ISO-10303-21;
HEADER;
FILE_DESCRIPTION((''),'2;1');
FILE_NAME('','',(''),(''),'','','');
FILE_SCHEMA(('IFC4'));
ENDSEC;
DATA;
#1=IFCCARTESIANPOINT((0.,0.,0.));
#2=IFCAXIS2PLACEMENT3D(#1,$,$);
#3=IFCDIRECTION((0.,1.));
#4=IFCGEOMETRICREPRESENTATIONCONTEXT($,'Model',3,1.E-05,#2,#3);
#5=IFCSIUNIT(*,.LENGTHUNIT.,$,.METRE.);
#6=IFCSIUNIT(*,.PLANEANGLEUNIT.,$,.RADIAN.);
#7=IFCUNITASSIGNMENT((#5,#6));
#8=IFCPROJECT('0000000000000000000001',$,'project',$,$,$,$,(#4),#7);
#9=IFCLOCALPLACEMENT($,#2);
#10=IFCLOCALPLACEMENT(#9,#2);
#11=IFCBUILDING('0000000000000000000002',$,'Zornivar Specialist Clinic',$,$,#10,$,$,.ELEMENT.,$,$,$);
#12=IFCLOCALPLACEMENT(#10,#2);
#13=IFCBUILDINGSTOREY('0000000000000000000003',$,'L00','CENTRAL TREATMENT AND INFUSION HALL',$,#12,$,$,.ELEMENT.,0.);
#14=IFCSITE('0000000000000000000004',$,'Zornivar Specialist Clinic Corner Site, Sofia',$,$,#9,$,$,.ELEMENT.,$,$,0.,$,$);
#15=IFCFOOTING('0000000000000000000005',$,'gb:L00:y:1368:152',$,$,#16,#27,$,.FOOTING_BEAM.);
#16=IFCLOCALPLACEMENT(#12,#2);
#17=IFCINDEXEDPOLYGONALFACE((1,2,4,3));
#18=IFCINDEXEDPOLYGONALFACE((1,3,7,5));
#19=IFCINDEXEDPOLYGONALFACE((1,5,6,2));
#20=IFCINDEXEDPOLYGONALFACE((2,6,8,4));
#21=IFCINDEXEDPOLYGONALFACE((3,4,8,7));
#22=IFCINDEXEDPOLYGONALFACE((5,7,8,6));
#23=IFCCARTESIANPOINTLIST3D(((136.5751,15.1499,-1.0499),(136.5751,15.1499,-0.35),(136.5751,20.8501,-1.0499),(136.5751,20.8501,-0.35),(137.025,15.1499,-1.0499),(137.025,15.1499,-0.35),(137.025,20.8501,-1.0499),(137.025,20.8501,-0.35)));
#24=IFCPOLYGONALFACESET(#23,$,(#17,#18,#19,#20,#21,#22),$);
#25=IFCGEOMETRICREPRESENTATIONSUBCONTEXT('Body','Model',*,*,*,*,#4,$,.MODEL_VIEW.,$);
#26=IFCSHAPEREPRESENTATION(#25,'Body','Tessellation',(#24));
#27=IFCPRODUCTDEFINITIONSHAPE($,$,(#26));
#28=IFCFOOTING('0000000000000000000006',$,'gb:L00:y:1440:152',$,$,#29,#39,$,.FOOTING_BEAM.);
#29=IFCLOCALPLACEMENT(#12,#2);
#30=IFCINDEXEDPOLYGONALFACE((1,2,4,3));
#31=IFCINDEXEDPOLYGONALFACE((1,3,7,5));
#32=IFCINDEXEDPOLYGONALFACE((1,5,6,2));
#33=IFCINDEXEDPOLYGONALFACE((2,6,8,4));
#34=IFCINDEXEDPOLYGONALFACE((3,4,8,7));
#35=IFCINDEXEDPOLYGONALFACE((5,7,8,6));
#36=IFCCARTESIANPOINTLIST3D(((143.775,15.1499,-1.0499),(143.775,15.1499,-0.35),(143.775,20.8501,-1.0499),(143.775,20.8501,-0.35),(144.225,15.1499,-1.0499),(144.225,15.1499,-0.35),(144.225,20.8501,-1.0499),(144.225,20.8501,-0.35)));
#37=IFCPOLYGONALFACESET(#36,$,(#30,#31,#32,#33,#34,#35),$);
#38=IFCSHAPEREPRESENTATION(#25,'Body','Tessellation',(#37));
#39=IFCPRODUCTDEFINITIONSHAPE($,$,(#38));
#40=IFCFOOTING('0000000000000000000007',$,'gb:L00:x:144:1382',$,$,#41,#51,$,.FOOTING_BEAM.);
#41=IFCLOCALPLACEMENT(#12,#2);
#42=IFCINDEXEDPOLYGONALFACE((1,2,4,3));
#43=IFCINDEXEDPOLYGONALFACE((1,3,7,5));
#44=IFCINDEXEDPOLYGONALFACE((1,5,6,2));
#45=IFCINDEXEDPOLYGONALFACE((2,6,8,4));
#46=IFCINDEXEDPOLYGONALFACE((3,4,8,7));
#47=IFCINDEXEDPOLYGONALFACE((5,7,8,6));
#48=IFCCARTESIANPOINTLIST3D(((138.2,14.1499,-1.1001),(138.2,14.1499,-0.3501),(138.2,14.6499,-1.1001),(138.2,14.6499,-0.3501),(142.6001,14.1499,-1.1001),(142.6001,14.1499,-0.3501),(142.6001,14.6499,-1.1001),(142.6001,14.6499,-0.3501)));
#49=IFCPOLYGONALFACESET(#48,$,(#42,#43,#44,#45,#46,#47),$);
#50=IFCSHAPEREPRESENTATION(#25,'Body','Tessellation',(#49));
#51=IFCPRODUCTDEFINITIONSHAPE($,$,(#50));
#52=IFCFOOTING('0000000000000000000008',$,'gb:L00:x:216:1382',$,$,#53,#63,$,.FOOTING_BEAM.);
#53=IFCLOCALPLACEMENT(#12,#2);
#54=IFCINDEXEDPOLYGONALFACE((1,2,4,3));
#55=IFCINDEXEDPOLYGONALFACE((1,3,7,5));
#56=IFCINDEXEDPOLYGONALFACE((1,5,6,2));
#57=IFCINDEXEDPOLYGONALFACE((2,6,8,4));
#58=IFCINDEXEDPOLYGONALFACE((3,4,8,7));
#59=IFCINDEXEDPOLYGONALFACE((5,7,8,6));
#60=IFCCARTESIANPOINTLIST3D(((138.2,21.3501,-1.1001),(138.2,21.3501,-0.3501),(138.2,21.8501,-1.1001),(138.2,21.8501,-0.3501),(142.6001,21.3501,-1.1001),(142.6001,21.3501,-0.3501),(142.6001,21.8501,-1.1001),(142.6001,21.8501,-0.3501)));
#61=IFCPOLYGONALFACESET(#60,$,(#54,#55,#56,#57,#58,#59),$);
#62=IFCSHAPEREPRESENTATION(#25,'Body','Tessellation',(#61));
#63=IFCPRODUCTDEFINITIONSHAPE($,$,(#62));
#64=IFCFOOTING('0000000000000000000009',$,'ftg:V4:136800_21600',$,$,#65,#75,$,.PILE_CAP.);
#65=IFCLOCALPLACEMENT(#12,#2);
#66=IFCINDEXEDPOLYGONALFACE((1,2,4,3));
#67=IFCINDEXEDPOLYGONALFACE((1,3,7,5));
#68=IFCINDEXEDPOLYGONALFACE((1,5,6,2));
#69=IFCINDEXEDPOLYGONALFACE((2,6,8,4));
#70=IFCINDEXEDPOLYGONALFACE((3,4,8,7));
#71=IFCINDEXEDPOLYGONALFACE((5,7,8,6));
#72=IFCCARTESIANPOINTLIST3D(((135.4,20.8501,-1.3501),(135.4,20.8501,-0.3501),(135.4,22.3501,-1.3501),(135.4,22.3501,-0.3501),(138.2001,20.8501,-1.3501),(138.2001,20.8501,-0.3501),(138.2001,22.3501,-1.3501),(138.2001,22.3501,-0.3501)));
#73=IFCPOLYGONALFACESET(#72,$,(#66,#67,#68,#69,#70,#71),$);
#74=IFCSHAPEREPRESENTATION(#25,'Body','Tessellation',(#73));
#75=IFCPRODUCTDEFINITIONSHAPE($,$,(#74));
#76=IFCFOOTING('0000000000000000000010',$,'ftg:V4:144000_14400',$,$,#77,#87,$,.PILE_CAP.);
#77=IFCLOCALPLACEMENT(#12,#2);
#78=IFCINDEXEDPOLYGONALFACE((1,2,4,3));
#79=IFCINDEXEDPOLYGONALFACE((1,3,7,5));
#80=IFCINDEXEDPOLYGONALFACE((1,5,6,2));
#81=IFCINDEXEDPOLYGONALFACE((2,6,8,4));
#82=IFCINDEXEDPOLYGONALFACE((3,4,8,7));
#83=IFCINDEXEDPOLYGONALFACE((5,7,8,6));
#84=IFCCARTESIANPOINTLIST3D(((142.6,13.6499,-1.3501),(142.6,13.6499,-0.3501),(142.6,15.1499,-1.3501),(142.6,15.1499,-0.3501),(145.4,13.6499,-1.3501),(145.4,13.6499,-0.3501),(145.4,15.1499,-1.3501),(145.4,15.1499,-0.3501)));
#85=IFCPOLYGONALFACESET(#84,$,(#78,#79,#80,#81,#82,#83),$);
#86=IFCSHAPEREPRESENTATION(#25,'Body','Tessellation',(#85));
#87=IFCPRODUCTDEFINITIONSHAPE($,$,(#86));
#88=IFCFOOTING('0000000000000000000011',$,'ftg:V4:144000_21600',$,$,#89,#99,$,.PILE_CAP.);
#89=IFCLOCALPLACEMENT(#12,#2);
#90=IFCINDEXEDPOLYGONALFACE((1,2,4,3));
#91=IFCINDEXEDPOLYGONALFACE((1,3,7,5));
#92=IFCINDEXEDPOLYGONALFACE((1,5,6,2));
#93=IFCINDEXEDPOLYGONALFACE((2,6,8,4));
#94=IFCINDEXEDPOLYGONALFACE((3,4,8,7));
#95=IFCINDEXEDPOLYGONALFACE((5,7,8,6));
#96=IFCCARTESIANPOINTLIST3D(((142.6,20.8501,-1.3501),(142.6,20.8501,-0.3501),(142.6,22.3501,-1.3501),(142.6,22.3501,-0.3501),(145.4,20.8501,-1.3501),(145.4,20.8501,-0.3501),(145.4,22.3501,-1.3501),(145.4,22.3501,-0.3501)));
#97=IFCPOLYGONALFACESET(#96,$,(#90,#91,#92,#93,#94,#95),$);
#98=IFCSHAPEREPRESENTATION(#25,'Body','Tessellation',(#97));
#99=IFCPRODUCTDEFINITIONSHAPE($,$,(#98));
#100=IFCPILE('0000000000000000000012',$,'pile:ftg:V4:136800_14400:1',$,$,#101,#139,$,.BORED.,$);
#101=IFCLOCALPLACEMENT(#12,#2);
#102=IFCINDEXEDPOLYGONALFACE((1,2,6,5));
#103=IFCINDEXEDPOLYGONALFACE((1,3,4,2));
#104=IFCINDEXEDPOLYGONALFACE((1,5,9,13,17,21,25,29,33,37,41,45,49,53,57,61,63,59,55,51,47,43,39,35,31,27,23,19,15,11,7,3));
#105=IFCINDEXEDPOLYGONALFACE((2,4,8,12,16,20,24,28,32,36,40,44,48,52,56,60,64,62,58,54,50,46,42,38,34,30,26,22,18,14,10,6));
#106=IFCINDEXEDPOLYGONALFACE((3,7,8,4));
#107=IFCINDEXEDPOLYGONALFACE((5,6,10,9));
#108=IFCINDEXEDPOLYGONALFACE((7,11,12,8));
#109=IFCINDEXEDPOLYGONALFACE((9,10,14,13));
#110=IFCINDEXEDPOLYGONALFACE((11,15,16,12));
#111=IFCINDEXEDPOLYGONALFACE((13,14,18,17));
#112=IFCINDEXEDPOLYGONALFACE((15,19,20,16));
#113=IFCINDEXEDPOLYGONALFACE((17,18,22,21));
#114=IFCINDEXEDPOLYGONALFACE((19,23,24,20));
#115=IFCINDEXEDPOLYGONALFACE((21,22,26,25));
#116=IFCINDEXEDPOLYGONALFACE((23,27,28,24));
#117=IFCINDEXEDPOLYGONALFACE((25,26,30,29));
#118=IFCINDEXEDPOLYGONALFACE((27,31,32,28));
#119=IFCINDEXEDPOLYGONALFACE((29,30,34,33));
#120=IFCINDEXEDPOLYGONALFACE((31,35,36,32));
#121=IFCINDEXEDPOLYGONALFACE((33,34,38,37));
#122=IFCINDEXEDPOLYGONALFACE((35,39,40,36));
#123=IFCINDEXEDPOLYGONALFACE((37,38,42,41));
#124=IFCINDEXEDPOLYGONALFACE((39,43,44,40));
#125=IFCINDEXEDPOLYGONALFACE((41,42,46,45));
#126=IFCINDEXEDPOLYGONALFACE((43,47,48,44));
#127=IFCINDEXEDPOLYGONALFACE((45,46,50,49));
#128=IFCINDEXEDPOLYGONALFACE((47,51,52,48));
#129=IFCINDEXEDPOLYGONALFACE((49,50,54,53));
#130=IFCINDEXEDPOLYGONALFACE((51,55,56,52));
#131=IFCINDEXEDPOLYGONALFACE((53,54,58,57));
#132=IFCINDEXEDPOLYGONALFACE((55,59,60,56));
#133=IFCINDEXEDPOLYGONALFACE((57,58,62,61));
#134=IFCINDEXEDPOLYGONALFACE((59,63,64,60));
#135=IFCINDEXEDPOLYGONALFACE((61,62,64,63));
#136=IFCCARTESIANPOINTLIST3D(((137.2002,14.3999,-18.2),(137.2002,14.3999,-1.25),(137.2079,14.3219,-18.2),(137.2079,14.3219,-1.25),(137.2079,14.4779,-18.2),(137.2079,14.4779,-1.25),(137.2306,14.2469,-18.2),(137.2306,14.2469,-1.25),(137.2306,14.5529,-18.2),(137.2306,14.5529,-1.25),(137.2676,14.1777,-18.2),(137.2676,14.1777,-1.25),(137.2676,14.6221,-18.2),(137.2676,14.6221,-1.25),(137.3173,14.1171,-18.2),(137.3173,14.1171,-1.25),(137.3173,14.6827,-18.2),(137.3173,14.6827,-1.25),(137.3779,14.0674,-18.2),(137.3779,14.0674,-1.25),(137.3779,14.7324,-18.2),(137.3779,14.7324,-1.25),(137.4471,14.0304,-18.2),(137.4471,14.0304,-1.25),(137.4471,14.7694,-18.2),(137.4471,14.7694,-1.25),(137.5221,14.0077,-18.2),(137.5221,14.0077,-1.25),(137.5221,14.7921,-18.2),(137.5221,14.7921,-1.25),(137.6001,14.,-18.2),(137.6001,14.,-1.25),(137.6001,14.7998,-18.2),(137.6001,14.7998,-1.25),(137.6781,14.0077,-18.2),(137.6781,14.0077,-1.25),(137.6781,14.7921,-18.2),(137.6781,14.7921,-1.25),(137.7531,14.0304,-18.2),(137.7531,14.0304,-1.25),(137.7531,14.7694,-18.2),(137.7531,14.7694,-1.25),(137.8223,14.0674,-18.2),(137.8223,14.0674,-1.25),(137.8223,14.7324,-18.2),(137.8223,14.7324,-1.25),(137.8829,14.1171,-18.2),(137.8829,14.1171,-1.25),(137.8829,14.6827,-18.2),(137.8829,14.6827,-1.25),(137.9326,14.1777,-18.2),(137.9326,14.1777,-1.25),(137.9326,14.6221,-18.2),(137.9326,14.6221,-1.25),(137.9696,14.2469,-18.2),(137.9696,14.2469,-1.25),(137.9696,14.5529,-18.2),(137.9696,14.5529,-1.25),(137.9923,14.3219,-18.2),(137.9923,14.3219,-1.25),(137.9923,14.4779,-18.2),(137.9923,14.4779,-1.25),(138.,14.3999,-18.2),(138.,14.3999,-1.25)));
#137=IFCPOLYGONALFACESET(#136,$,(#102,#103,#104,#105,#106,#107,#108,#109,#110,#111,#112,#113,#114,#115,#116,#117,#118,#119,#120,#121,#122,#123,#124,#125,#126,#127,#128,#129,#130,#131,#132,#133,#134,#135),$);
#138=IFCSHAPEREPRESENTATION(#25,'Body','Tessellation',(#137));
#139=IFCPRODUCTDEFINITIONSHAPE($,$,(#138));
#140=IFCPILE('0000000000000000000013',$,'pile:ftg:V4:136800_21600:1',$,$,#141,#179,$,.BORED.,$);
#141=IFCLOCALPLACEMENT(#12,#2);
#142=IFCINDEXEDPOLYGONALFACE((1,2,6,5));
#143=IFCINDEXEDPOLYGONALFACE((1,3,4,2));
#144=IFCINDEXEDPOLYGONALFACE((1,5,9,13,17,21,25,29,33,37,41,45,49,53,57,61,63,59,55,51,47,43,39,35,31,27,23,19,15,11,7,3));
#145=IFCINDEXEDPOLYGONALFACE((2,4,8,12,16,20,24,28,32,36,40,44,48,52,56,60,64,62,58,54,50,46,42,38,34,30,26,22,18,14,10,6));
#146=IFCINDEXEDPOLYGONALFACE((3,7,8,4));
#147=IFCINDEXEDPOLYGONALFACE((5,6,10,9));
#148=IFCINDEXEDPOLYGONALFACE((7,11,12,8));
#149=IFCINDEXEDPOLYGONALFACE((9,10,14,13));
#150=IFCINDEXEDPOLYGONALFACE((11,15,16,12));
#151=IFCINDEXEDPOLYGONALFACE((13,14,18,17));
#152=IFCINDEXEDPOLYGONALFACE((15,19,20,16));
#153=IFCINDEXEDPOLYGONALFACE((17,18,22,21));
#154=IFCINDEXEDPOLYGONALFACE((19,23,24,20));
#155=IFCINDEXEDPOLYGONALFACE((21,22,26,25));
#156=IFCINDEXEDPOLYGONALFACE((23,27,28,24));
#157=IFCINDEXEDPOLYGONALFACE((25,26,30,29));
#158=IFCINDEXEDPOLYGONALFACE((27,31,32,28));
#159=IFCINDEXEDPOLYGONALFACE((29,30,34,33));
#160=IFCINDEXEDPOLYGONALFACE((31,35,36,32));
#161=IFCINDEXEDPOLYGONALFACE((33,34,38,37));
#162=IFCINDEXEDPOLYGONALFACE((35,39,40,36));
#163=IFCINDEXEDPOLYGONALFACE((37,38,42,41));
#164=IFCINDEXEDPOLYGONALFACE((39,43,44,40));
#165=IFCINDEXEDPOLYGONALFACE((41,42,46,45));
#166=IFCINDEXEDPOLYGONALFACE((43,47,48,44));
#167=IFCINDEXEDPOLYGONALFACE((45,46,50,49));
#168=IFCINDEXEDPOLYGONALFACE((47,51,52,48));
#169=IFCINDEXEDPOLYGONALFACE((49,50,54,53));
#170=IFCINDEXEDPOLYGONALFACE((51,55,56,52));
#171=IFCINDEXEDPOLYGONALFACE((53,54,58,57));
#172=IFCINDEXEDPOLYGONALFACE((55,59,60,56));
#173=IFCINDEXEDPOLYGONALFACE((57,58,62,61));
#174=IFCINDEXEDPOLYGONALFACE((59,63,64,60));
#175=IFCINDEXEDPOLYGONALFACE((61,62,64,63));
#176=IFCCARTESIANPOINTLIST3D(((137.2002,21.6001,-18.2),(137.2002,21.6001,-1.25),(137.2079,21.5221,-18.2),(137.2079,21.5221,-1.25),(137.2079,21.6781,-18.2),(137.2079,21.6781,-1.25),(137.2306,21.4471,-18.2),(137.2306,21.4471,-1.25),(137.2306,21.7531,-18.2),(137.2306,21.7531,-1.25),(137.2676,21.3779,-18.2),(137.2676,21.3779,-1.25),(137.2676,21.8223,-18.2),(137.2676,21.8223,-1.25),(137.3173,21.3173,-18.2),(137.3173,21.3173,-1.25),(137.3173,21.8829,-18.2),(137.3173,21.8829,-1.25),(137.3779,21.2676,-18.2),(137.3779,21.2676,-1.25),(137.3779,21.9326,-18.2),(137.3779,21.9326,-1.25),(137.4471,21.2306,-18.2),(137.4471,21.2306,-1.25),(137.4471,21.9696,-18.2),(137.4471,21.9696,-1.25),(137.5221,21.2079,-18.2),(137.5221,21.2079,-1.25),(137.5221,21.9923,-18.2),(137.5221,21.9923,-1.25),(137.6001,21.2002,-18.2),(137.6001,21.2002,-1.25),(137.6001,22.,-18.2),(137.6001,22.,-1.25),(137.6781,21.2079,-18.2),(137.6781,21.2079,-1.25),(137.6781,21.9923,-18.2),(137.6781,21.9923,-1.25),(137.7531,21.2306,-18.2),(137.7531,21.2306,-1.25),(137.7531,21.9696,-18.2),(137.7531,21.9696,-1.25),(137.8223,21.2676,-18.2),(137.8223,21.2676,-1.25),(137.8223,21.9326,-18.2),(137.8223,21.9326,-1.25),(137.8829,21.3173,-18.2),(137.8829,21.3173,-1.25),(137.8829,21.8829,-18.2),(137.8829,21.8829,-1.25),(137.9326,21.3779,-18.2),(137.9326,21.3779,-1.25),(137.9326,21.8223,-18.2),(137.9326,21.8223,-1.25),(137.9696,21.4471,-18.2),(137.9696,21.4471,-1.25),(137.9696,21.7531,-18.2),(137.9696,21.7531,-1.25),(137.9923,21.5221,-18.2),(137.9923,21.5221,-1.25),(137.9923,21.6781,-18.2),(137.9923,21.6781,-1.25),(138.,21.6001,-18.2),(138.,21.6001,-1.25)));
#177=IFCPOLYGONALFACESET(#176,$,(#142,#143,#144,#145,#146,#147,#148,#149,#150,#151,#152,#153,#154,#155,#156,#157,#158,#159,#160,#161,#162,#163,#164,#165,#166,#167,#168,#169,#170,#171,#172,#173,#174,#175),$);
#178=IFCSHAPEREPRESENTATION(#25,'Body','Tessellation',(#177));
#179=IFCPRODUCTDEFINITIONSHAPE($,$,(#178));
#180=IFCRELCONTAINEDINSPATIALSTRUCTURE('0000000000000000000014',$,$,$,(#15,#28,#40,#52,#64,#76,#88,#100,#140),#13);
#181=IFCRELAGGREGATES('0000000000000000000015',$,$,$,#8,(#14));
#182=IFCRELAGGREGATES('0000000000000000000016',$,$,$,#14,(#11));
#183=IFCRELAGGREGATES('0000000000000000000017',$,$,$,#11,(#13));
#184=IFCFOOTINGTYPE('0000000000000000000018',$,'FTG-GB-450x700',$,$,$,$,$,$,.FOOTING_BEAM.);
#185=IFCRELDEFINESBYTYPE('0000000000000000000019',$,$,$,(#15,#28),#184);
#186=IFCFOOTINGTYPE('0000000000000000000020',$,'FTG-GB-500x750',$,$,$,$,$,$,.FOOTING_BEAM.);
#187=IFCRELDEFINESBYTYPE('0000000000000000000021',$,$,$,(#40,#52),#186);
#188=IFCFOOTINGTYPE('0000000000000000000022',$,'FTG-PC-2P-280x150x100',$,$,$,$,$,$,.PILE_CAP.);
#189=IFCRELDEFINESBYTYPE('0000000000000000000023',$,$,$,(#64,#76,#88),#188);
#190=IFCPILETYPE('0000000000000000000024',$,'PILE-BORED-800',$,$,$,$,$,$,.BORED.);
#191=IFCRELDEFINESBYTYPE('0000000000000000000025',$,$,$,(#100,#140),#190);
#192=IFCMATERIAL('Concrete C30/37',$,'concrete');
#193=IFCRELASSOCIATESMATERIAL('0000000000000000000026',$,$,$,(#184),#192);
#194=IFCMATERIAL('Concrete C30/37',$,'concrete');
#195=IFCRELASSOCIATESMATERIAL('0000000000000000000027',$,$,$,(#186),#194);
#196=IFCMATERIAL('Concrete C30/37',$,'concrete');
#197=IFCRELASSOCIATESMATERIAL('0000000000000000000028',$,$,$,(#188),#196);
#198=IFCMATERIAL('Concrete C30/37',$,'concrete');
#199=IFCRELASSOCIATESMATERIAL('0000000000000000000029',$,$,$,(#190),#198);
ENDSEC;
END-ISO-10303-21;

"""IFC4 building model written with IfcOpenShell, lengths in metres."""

from ifc_helpers import new_model, si_unit, direction, frame, origin, origin_2d, place, context, subcontext, project, spatial, rectangle, circle, extrude, material, material_profile, profile_set, type_object, element, save


model = new_model("IFC4")

# Units and contexts
model_context = context("Model", 3, precision=1e-05, world=origin(), true_north=direction((0.0, 1.0)))
body_context = subcontext(model_context, "Body", "Model", "MODEL_VIEW")
ifc_project = project(units=[si_unit("LENGTHUNIT", "METRE"), si_unit("PLANEANGLEUNIT", "RADIAN")], contexts=[model_context])

# Site, building, storey
site_placement = place(None, origin())
site = spatial("IfcSite", under=ifc_project, at=site_placement, Name="Zornivar Specialist Clinic Corner Site, Sofia", CompositionType="ELEMENT", RefElevation=0.0)
building_placement = place(site_placement, origin())
building = spatial("IfcBuilding", under=site, at=building_placement, Name="Zornivar Specialist Clinic", CompositionType="ELEMENT")
storey_placement = place(building_placement, origin())
storey = spatial("IfcBuildingStorey", under=building, at=storey_placement, Name="L00", Description="CENTRAL TREATMENT AND INFUSION HALL", CompositionType="ELEMENT", Elevation=0.0)

# Footings
ifc_material_1 = material(Name="Concrete C30/37", Category="concrete")
ifc_material_profile_1 = material_profile(ifc_material_1, rectangle(XDim=0.45, YDim=0.7, at=origin_2d()), Name="RC 450x700")
ifc_profile_set_1 = profile_set([ifc_material_profile_1], Name="Concrete C30/37")
footing_type_1 = type_object("IfcFootingType", Name="FTG-GB-450x700", PredefinedType="FOOTING_BEAM", material=ifc_profile_set_1)
for number, where, z_axis, x_axis, name in (
    (1, (136.8, 15.1499, -0.7), (0.0, 1.0, 0.0), (-1.0, 0.0, 0.0), "gb:L00:y:1368:152"),
    (2, (144.0, 15.1499, -0.7), (0.0, 1.0, 0.0), (-1.0, 0.0, 0.0), "gb:L00:y:1440:152"),
):
    element("IfcFooting", number, at=place(storey_placement, frame(where, z_axis=z_axis, x_axis=x_axis)), inside=storey, type_object=footing_type_1, Name=name, PredefinedType="FOOTING_BEAM", context=body_context, shape_type="SweptSolid", body=[
        extrude(rectangle(XDim=0.45, YDim=0.7, at=origin_2d()), origin(), (0.0, 0.0, 1.0), 5.7002),
    ])
ifc_material_2 = material(Name="Concrete C30/37", Category="concrete")
ifc_material_profile_2 = material_profile(ifc_material_2, rectangle(XDim=0.5, YDim=0.75, at=origin_2d()), Name="RC 500x750")
ifc_profile_set_2 = profile_set([ifc_material_profile_2], Name="Concrete C30/37")
footing_type_2 = type_object("IfcFootingType", Name="FTG-GB-500x750", PredefinedType="FOOTING_BEAM", material=ifc_profile_set_2)
for number, where, z_axis, x_axis, name in (
    (3, (138.2, 14.3999, -0.7251), (1.0, 0.0, 0.0), (0.0, 1.0, 0.0), "gb:L00:x:144:1382"),
    (4, (138.2, 21.6001, -0.7251), (1.0, 0.0, 0.0), (0.0, 1.0, 0.0), "gb:L00:x:216:1382"),
):
    element("IfcFooting", number, at=place(storey_placement, frame(where, z_axis=z_axis, x_axis=x_axis)), inside=storey, type_object=footing_type_2, Name=name, PredefinedType="FOOTING_BEAM", context=body_context, shape_type="SweptSolid", body=[
        extrude(rectangle(XDim=0.5, YDim=0.75, at=origin_2d()), origin(), (0.0, 0.0, 1.0), 4.4001),
    ])
ifc_material_3 = material(Name="Concrete C30/37", Category="concrete")
footing_type_3 = type_object("IfcFootingType", Name="FTG-PC-2P-280x150x100", PredefinedType="PILE_CAP", material=ifc_material_3)
for number, where, z_axis, x_axis, name in (
    (5, (136.8, 21.6001, -1.3501), (0.0, 0.0, 1.0), (1.0, 0.0, 0.0), "ftg:V4:136800_21600"),
    (6, (144.0, 14.3999, -1.3501), (0.0, 0.0, 1.0), (1.0, 0.0, 0.0), "ftg:V4:144000_14400"),
    (7, (144.0, 21.6001, -1.3501), (0.0, 0.0, 1.0), (1.0, 0.0, 0.0), "ftg:V4:144000_21600"),
):
    element("IfcFooting", number, at=place(storey_placement, frame(where, z_axis=z_axis, x_axis=x_axis)), inside=storey, type_object=footing_type_3, Name=name, PredefinedType="PILE_CAP", context=body_context, shape_type="SweptSolid", body=[
        extrude(rectangle(XDim=2.8, YDim=1.5, at=origin_2d()), origin(), (0.0, 0.0, 1.0), 1.0),
    ])

# Piles
ifc_material_4 = material(Name="Concrete C30/37", Category="concrete")
ifc_material_profile_3 = material_profile(ifc_material_4, circle(Radius=0.3999, at=origin_2d()), Name="PILE D800")
ifc_profile_set_3 = profile_set([ifc_material_profile_3], Name="Concrete C30/37")
pile_type = type_object("IfcPileType", Name="PILE-BORED-800", PredefinedType="BORED", material=ifc_profile_set_3)
for number, where, z_axis, x_axis, name in (
    (8, (137.6001, 14.3999, -1.25), (0.0, 0.0, -1.0), (1.0, 0.0, 0.0), "pile:ftg:V4:136800_14400:1"),
    (9, (137.6001, 21.6001, -1.25), (0.0, 0.0, -1.0), (1.0, 0.0, 0.0), "pile:ftg:V4:136800_21600:1"),
):
    element("IfcPile", number, at=place(storey_placement, frame(where, z_axis=z_axis, x_axis=x_axis)), inside=storey, type_object=pile_type, Name=name, PredefinedType="BORED", context=body_context, shape_type="SweptSolid", body=[
        extrude(circle(Radius=0.3999, at=origin_2d()), origin(), (0.0, 0.0, 1.0), 16.95),
    ])

save(model, "model.ifc")
